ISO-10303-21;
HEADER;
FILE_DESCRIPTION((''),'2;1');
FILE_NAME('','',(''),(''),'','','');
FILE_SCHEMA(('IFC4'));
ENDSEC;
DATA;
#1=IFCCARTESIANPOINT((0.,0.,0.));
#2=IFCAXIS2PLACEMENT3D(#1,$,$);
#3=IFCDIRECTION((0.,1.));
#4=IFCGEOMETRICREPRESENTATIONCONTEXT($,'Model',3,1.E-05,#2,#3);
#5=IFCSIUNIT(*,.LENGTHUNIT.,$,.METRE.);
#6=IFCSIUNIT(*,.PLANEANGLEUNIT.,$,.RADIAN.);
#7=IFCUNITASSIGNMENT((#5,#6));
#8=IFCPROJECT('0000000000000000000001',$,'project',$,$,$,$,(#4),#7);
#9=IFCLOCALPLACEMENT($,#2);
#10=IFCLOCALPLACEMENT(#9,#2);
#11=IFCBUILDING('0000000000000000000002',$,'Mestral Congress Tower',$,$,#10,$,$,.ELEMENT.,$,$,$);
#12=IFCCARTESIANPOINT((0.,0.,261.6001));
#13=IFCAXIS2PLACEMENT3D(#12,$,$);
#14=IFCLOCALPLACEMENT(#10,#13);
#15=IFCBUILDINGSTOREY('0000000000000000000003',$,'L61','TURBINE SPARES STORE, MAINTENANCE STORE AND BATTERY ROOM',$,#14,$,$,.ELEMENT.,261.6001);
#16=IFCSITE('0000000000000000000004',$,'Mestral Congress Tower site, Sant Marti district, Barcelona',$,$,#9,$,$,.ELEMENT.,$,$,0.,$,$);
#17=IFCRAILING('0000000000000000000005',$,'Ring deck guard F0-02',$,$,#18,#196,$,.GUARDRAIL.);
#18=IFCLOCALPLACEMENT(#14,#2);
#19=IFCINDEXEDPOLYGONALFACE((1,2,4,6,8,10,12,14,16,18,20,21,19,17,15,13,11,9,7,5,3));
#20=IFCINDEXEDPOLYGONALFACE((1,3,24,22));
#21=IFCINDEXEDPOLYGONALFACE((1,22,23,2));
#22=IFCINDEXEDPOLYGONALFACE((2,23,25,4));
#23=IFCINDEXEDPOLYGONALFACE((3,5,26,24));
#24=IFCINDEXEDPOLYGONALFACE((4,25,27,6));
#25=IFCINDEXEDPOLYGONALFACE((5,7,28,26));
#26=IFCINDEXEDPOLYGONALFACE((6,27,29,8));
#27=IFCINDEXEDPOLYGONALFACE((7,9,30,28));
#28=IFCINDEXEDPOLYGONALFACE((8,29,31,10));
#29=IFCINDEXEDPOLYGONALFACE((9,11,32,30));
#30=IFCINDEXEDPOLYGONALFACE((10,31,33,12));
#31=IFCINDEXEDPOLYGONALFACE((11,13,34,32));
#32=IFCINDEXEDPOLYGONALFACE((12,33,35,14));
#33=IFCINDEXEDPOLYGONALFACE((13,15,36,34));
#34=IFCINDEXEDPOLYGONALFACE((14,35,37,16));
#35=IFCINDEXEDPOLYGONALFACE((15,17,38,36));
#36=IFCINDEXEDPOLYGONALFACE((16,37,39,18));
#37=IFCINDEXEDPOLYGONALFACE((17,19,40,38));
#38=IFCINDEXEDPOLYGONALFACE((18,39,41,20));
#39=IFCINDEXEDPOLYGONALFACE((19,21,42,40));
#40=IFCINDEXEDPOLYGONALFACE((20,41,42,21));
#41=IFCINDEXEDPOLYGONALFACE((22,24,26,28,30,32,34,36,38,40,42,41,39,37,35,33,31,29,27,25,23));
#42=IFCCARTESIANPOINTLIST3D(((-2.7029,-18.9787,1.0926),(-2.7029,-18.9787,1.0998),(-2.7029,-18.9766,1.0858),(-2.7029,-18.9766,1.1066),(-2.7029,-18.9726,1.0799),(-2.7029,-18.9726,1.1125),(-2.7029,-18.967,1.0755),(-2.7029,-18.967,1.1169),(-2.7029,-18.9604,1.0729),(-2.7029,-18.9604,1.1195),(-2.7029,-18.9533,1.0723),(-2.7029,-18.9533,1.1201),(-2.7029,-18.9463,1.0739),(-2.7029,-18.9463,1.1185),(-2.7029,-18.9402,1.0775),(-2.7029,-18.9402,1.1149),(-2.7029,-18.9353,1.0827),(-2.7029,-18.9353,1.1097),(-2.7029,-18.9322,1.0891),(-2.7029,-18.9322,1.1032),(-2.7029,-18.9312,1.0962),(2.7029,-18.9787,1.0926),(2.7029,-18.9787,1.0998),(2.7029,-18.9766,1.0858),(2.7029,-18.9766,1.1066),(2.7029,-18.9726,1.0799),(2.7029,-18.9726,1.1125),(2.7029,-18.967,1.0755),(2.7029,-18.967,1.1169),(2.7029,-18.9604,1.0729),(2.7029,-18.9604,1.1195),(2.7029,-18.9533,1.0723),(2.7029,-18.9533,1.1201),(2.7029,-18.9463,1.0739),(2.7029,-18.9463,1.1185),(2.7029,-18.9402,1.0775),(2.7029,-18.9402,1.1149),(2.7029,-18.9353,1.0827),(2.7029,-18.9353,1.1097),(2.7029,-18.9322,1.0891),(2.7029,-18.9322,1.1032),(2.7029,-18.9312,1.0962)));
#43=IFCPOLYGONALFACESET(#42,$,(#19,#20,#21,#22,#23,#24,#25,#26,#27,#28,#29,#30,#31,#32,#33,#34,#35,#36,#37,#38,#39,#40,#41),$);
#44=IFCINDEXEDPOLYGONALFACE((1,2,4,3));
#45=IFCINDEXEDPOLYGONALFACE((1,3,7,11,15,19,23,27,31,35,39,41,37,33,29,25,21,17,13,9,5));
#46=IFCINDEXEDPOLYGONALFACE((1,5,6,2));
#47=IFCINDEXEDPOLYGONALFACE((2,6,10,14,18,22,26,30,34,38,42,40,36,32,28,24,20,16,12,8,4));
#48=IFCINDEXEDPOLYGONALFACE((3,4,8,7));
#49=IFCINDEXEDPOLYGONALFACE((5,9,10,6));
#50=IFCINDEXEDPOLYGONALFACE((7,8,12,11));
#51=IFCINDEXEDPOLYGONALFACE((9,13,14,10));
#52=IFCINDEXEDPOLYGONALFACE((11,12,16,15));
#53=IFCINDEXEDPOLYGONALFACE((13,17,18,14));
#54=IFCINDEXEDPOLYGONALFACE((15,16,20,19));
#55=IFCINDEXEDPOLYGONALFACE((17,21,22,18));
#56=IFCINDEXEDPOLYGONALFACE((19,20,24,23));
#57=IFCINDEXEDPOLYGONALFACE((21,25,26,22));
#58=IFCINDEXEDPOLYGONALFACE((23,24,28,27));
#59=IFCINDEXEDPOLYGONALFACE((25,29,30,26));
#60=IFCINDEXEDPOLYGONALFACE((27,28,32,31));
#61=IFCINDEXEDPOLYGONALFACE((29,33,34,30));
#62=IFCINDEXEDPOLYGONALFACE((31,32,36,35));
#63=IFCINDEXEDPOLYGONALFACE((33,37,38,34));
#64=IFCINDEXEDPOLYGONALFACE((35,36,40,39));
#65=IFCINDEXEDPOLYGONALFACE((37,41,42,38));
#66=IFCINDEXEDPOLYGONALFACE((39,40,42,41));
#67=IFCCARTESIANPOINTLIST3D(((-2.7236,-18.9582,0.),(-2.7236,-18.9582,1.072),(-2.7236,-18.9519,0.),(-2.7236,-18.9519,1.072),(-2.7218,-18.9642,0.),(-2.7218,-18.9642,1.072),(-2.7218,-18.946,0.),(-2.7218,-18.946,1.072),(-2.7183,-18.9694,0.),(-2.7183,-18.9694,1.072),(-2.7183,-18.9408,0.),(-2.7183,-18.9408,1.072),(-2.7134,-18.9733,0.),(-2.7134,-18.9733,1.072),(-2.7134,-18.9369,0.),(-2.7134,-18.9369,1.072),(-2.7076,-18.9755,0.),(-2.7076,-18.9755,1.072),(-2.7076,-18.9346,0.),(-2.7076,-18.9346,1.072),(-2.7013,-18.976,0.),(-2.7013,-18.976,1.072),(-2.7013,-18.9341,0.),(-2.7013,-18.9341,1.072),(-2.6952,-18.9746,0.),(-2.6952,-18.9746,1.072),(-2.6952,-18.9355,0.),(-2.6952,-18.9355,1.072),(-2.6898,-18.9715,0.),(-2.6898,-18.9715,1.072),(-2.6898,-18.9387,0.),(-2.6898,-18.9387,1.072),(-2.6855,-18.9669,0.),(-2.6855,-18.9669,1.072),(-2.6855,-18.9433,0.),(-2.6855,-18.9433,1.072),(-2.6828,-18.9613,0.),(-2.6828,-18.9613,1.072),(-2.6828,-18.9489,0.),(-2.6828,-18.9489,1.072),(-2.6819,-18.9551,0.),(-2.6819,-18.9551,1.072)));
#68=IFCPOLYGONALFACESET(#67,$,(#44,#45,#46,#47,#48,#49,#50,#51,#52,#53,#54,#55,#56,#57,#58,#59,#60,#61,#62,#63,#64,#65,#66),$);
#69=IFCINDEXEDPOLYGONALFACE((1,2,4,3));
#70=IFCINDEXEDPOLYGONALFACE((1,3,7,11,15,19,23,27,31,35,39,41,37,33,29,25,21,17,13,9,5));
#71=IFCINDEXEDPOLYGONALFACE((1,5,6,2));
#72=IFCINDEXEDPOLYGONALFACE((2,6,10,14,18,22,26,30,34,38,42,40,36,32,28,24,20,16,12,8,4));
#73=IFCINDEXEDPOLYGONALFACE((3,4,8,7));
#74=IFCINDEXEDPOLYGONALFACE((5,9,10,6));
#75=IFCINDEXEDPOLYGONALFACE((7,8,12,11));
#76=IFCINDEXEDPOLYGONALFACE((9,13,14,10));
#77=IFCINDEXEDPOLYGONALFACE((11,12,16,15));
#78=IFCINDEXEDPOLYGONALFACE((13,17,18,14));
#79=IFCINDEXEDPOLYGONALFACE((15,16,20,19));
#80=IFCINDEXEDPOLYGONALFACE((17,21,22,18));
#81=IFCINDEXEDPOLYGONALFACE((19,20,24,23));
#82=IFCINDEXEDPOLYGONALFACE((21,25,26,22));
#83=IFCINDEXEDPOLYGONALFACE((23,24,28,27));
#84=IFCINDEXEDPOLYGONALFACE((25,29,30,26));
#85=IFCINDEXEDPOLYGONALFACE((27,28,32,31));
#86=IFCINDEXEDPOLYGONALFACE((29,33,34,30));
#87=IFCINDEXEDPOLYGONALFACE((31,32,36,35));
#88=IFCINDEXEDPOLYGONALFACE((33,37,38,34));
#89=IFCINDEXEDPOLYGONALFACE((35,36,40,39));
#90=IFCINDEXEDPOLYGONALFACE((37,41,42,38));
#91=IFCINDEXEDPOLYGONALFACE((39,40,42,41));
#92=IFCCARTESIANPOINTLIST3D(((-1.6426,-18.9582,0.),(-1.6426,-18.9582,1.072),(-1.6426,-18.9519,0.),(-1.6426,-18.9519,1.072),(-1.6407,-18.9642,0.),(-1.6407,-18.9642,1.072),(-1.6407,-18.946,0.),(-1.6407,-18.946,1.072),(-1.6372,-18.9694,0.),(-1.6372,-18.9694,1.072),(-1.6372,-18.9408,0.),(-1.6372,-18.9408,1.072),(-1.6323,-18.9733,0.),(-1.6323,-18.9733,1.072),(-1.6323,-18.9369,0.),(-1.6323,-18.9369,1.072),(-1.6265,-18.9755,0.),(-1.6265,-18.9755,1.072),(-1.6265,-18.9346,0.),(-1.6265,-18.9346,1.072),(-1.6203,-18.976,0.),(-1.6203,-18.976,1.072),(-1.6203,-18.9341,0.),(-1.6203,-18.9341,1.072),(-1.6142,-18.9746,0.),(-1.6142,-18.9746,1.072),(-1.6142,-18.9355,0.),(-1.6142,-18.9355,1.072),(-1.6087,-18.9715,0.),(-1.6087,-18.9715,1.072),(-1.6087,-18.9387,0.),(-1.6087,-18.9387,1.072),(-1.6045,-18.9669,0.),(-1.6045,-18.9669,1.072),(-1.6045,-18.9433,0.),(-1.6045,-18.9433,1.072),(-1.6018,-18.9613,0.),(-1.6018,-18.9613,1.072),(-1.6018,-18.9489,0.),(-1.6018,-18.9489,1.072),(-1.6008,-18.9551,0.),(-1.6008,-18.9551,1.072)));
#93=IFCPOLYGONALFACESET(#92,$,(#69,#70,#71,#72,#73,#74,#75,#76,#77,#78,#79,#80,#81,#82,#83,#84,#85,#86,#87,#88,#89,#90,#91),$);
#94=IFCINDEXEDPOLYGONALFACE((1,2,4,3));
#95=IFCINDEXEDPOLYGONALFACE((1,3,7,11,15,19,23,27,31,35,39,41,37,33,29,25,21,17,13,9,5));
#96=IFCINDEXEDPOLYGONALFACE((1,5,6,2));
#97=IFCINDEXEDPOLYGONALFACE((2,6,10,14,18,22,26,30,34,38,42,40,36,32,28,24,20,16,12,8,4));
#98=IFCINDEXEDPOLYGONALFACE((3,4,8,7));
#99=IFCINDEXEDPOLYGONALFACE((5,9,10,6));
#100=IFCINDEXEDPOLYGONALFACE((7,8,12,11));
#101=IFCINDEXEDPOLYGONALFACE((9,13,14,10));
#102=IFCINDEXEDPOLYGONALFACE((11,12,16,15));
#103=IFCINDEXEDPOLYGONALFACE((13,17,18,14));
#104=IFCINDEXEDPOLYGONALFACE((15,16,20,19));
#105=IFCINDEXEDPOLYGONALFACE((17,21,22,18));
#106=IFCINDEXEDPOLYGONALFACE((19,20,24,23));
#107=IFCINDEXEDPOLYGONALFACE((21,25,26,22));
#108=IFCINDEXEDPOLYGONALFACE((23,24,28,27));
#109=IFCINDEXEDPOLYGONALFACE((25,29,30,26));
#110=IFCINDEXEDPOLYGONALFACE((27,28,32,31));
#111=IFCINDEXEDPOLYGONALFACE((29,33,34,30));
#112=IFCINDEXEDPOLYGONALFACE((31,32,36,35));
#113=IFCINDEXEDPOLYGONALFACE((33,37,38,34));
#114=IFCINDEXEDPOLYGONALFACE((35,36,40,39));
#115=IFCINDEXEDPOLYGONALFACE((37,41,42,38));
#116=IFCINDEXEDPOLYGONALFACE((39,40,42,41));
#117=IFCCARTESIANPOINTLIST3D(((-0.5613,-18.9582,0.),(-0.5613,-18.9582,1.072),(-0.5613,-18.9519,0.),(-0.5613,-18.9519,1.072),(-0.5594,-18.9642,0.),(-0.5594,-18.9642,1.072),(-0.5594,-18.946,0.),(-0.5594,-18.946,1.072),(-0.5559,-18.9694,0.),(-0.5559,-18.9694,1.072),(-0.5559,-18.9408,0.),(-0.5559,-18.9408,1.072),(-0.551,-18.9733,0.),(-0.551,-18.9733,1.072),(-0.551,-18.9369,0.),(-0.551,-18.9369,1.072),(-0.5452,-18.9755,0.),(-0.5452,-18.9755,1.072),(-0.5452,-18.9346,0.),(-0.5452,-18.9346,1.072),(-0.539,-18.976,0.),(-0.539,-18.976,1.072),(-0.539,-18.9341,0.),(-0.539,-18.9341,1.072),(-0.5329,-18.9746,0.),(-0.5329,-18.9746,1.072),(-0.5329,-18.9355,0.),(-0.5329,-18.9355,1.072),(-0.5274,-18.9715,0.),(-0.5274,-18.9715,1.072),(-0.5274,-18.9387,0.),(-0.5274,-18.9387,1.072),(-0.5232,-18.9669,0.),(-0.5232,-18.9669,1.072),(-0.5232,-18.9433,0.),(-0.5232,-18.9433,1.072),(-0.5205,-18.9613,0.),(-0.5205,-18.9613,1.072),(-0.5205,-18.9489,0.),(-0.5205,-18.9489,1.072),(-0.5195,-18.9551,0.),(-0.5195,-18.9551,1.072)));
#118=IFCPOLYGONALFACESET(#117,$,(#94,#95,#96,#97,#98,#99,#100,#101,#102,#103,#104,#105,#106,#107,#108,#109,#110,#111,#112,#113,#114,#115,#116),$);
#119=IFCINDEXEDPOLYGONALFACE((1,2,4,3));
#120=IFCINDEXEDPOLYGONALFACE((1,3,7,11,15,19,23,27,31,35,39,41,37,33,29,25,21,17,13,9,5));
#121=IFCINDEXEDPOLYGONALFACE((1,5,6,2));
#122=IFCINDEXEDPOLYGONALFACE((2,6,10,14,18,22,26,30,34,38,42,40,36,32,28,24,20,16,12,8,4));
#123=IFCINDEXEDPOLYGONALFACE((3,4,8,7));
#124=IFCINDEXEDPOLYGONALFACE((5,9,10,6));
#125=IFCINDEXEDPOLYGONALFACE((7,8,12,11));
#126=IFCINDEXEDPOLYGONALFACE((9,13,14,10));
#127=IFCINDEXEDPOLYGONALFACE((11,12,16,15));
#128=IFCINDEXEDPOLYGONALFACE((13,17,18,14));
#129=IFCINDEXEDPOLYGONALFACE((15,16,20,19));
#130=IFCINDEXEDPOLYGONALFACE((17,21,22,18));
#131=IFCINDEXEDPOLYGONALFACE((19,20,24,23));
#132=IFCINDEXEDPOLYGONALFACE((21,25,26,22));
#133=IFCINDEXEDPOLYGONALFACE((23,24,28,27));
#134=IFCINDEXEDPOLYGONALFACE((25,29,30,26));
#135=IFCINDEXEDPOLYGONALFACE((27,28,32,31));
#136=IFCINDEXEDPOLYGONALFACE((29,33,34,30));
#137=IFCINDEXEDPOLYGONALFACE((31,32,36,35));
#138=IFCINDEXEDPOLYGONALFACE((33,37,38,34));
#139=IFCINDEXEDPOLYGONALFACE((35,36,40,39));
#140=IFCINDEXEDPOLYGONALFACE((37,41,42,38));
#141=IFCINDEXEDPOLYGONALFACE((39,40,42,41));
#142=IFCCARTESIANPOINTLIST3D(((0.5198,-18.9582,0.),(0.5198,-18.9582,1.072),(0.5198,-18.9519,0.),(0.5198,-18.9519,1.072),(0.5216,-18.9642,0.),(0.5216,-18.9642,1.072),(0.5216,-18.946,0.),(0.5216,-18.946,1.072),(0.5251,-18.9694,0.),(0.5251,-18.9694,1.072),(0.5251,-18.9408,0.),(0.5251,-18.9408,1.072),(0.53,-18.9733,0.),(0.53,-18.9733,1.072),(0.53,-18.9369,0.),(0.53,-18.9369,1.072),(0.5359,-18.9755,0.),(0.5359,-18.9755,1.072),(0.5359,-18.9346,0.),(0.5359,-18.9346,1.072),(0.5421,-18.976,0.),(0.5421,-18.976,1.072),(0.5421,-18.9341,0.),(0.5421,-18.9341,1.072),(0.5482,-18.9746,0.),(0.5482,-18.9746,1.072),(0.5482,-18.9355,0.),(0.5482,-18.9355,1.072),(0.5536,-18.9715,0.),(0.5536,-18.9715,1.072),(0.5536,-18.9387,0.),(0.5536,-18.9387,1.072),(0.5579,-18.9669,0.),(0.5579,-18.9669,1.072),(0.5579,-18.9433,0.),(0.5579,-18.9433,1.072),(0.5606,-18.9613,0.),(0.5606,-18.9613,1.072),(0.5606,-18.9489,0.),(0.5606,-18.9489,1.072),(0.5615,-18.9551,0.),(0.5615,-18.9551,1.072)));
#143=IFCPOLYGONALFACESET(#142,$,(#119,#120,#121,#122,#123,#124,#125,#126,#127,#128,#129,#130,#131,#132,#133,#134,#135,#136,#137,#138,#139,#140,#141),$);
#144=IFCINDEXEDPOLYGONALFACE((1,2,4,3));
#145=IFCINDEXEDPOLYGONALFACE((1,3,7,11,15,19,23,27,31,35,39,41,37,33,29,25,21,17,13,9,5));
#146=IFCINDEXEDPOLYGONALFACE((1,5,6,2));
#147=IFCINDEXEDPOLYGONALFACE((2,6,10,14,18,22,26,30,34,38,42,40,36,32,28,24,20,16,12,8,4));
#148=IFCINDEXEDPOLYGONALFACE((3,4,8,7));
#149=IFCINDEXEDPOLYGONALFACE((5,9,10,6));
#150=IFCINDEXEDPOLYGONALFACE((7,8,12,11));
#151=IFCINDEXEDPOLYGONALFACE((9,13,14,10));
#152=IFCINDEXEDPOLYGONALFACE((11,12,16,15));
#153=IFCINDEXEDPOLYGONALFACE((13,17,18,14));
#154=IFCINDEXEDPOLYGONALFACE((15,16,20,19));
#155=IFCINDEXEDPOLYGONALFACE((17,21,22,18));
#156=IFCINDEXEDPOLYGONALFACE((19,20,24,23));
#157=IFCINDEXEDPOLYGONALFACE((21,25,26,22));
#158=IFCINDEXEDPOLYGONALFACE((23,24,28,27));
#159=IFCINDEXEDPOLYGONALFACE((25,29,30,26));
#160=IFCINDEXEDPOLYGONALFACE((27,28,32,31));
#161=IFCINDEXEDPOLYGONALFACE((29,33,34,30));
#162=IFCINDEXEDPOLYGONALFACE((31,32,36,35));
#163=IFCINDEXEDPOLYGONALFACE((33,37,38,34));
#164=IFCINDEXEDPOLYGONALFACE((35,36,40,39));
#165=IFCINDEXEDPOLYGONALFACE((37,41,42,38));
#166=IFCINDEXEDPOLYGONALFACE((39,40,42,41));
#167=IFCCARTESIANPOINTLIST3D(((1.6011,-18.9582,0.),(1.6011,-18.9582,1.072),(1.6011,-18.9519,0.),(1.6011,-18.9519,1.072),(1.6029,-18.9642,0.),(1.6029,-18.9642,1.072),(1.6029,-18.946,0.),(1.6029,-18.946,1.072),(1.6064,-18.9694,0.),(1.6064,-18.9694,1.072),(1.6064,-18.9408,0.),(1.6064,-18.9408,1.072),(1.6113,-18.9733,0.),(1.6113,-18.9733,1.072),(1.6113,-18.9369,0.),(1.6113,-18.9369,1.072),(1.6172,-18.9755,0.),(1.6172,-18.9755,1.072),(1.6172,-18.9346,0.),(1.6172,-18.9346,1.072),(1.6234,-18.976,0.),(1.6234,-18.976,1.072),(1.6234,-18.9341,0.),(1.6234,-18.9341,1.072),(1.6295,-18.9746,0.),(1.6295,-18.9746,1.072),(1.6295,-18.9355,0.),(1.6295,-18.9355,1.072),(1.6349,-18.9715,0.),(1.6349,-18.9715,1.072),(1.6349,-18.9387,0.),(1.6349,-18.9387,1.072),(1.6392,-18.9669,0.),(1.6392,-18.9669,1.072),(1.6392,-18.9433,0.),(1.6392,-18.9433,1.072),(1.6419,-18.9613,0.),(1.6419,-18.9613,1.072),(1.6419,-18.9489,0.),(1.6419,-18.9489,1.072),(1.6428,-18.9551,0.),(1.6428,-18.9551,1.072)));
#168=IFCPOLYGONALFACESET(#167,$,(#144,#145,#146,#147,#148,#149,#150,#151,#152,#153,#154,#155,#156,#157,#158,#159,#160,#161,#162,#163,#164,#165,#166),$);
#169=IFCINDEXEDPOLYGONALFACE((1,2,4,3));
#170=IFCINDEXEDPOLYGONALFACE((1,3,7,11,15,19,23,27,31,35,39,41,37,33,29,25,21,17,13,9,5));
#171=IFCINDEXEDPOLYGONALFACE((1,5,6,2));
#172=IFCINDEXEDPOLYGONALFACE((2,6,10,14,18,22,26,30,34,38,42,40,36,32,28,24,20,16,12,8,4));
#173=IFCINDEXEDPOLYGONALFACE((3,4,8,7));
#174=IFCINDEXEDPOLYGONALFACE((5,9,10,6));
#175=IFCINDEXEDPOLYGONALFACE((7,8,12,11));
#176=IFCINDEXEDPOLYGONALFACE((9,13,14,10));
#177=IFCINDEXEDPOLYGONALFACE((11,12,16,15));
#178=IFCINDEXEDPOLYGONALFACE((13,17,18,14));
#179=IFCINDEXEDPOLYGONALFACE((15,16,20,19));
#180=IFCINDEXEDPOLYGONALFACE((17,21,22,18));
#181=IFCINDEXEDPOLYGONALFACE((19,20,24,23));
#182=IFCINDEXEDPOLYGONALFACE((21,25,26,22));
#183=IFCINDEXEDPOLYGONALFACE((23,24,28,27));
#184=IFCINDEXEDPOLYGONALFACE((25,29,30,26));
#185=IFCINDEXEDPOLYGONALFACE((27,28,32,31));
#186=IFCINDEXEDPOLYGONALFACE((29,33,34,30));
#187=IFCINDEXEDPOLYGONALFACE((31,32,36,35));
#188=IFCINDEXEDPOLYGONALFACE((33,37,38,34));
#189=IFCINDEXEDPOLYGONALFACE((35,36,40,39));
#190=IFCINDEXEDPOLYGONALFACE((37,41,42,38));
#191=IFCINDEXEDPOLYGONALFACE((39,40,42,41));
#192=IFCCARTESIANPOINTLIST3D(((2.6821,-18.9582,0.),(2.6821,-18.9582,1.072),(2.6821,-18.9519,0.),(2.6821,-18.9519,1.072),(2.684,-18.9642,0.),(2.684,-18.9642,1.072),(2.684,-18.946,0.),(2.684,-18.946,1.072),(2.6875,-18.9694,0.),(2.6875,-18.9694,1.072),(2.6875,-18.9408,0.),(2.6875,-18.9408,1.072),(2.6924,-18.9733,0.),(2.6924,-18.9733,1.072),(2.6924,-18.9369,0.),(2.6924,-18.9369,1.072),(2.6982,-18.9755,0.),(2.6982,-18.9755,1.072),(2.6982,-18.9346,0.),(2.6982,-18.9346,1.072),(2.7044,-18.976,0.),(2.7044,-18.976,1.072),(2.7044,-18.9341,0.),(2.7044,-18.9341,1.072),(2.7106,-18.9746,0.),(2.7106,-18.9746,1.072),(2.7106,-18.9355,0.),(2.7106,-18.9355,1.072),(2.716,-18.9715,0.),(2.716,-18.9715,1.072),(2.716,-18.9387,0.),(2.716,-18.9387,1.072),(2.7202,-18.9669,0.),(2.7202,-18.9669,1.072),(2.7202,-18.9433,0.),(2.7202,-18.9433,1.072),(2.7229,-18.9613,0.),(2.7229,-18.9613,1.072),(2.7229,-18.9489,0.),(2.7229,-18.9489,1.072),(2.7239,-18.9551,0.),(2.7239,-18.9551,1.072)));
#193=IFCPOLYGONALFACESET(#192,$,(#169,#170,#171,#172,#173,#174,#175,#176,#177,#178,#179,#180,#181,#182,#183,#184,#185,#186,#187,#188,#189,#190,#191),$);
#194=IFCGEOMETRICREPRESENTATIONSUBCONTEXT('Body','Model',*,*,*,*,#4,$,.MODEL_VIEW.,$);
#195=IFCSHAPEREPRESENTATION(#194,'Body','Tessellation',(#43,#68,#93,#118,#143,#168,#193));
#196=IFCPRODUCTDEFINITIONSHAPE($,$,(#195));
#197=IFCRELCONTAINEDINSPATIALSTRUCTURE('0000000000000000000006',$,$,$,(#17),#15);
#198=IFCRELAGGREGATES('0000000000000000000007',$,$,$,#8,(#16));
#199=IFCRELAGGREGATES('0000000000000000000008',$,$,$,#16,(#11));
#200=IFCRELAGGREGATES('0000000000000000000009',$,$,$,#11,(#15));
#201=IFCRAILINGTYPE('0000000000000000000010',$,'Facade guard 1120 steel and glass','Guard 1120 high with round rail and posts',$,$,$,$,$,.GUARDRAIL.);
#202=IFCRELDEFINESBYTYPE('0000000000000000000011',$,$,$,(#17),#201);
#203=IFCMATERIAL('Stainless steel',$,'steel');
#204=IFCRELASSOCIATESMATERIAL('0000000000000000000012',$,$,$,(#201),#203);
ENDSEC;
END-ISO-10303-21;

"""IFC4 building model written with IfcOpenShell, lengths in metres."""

from ifc_helpers import new_model, si_unit, direction, frame, origin, origin_2d, place, context, subcontext, project, spatial, circle, extrude, material, type_object, element, save


model = new_model("IFC4")

# Units and contexts
model_context = context("Model", 3, precision=1e-05, world=origin(), true_north=direction((0.0, 1.0)))
body_context = subcontext(model_context, "Body", "Model", "MODEL_VIEW")
ifc_project = project(units=[si_unit("LENGTHUNIT", "METRE"), si_unit("PLANEANGLEUNIT", "RADIAN")], contexts=[model_context])

# Site, building, storey
site_placement = place(None, origin())
site = spatial("IfcSite", under=ifc_project, at=site_placement, Name="Mestral Congress Tower site, Sant Marti district, Barcelona", CompositionType="ELEMENT", RefElevation=0.0)
building_placement = place(site_placement, origin())
building = spatial("IfcBuilding", under=site, at=building_placement, Name="Mestral Congress Tower", CompositionType="ELEMENT")
storey_placement = place(building_placement, frame((0.0, 0.0, 261.6001)))
storey = spatial("IfcBuildingStorey", under=building, at=storey_placement, Name="L61", Description="TURBINE SPARES STORE, MAINTENANCE STORE AND BATTERY ROOM", CompositionType="ELEMENT", Elevation=261.6001)

# Railing
ifc_material_1 = material(Name="Stainless steel", Category="steel")
railing_type = type_object("IfcRailingType", Name="Facade guard 1120 steel and glass", Description="Guard 1120 high with round rail and posts", PredefinedType="GUARDRAIL", material=ifc_material_1)
railing_1_placement = place(storey_placement, frame((-2.7029, -18.9551, 0.0)))
element("IfcRailing", 1, at=railing_1_placement, inside=storey, type_object=railing_type, Name="Ring deck guard F0-02", PredefinedType="GUARDRAIL", context=body_context, shape_type="SweptSolid", body=[
    extrude(circle(Radius=0.0239, at=origin_2d()), frame((0.0, 0.0, 1.0962), z_axis=(1.0, 0.0, 0.0), x_axis=(0.0, 1.0, 0.0)), (0.0, 0.0, 1.0), 5.4058),
    extrude(circle(Radius=0.021, at=origin_2d()), origin(), (0.0, 0.0, 1.0), 1.072),
    extrude(circle(Radius=0.021, at=origin_2d()), frame((1.0811, 0.0, 0.0)), (0.0, 0.0, 1.0), 1.072),
    extrude(circle(Radius=0.021, at=origin_2d()), frame((2.1624, 0.0, 0.0)), (0.0, 0.0, 1.0), 1.072),
    extrude(circle(Radius=0.021, at=origin_2d()), frame((3.2434, 0.0, 0.0)), (0.0, 0.0, 1.0), 1.072),
    extrude(circle(Radius=0.021, at=origin_2d()), frame((4.3247, 0.0, 0.0)), (0.0, 0.0, 1.0), 1.072),
    extrude(circle(Radius=0.021, at=origin_2d()), frame((5.4058, 0.0, 0.0)), (0.0, 0.0, 1.0), 1.072),
])

save(model, "model.ifc")
